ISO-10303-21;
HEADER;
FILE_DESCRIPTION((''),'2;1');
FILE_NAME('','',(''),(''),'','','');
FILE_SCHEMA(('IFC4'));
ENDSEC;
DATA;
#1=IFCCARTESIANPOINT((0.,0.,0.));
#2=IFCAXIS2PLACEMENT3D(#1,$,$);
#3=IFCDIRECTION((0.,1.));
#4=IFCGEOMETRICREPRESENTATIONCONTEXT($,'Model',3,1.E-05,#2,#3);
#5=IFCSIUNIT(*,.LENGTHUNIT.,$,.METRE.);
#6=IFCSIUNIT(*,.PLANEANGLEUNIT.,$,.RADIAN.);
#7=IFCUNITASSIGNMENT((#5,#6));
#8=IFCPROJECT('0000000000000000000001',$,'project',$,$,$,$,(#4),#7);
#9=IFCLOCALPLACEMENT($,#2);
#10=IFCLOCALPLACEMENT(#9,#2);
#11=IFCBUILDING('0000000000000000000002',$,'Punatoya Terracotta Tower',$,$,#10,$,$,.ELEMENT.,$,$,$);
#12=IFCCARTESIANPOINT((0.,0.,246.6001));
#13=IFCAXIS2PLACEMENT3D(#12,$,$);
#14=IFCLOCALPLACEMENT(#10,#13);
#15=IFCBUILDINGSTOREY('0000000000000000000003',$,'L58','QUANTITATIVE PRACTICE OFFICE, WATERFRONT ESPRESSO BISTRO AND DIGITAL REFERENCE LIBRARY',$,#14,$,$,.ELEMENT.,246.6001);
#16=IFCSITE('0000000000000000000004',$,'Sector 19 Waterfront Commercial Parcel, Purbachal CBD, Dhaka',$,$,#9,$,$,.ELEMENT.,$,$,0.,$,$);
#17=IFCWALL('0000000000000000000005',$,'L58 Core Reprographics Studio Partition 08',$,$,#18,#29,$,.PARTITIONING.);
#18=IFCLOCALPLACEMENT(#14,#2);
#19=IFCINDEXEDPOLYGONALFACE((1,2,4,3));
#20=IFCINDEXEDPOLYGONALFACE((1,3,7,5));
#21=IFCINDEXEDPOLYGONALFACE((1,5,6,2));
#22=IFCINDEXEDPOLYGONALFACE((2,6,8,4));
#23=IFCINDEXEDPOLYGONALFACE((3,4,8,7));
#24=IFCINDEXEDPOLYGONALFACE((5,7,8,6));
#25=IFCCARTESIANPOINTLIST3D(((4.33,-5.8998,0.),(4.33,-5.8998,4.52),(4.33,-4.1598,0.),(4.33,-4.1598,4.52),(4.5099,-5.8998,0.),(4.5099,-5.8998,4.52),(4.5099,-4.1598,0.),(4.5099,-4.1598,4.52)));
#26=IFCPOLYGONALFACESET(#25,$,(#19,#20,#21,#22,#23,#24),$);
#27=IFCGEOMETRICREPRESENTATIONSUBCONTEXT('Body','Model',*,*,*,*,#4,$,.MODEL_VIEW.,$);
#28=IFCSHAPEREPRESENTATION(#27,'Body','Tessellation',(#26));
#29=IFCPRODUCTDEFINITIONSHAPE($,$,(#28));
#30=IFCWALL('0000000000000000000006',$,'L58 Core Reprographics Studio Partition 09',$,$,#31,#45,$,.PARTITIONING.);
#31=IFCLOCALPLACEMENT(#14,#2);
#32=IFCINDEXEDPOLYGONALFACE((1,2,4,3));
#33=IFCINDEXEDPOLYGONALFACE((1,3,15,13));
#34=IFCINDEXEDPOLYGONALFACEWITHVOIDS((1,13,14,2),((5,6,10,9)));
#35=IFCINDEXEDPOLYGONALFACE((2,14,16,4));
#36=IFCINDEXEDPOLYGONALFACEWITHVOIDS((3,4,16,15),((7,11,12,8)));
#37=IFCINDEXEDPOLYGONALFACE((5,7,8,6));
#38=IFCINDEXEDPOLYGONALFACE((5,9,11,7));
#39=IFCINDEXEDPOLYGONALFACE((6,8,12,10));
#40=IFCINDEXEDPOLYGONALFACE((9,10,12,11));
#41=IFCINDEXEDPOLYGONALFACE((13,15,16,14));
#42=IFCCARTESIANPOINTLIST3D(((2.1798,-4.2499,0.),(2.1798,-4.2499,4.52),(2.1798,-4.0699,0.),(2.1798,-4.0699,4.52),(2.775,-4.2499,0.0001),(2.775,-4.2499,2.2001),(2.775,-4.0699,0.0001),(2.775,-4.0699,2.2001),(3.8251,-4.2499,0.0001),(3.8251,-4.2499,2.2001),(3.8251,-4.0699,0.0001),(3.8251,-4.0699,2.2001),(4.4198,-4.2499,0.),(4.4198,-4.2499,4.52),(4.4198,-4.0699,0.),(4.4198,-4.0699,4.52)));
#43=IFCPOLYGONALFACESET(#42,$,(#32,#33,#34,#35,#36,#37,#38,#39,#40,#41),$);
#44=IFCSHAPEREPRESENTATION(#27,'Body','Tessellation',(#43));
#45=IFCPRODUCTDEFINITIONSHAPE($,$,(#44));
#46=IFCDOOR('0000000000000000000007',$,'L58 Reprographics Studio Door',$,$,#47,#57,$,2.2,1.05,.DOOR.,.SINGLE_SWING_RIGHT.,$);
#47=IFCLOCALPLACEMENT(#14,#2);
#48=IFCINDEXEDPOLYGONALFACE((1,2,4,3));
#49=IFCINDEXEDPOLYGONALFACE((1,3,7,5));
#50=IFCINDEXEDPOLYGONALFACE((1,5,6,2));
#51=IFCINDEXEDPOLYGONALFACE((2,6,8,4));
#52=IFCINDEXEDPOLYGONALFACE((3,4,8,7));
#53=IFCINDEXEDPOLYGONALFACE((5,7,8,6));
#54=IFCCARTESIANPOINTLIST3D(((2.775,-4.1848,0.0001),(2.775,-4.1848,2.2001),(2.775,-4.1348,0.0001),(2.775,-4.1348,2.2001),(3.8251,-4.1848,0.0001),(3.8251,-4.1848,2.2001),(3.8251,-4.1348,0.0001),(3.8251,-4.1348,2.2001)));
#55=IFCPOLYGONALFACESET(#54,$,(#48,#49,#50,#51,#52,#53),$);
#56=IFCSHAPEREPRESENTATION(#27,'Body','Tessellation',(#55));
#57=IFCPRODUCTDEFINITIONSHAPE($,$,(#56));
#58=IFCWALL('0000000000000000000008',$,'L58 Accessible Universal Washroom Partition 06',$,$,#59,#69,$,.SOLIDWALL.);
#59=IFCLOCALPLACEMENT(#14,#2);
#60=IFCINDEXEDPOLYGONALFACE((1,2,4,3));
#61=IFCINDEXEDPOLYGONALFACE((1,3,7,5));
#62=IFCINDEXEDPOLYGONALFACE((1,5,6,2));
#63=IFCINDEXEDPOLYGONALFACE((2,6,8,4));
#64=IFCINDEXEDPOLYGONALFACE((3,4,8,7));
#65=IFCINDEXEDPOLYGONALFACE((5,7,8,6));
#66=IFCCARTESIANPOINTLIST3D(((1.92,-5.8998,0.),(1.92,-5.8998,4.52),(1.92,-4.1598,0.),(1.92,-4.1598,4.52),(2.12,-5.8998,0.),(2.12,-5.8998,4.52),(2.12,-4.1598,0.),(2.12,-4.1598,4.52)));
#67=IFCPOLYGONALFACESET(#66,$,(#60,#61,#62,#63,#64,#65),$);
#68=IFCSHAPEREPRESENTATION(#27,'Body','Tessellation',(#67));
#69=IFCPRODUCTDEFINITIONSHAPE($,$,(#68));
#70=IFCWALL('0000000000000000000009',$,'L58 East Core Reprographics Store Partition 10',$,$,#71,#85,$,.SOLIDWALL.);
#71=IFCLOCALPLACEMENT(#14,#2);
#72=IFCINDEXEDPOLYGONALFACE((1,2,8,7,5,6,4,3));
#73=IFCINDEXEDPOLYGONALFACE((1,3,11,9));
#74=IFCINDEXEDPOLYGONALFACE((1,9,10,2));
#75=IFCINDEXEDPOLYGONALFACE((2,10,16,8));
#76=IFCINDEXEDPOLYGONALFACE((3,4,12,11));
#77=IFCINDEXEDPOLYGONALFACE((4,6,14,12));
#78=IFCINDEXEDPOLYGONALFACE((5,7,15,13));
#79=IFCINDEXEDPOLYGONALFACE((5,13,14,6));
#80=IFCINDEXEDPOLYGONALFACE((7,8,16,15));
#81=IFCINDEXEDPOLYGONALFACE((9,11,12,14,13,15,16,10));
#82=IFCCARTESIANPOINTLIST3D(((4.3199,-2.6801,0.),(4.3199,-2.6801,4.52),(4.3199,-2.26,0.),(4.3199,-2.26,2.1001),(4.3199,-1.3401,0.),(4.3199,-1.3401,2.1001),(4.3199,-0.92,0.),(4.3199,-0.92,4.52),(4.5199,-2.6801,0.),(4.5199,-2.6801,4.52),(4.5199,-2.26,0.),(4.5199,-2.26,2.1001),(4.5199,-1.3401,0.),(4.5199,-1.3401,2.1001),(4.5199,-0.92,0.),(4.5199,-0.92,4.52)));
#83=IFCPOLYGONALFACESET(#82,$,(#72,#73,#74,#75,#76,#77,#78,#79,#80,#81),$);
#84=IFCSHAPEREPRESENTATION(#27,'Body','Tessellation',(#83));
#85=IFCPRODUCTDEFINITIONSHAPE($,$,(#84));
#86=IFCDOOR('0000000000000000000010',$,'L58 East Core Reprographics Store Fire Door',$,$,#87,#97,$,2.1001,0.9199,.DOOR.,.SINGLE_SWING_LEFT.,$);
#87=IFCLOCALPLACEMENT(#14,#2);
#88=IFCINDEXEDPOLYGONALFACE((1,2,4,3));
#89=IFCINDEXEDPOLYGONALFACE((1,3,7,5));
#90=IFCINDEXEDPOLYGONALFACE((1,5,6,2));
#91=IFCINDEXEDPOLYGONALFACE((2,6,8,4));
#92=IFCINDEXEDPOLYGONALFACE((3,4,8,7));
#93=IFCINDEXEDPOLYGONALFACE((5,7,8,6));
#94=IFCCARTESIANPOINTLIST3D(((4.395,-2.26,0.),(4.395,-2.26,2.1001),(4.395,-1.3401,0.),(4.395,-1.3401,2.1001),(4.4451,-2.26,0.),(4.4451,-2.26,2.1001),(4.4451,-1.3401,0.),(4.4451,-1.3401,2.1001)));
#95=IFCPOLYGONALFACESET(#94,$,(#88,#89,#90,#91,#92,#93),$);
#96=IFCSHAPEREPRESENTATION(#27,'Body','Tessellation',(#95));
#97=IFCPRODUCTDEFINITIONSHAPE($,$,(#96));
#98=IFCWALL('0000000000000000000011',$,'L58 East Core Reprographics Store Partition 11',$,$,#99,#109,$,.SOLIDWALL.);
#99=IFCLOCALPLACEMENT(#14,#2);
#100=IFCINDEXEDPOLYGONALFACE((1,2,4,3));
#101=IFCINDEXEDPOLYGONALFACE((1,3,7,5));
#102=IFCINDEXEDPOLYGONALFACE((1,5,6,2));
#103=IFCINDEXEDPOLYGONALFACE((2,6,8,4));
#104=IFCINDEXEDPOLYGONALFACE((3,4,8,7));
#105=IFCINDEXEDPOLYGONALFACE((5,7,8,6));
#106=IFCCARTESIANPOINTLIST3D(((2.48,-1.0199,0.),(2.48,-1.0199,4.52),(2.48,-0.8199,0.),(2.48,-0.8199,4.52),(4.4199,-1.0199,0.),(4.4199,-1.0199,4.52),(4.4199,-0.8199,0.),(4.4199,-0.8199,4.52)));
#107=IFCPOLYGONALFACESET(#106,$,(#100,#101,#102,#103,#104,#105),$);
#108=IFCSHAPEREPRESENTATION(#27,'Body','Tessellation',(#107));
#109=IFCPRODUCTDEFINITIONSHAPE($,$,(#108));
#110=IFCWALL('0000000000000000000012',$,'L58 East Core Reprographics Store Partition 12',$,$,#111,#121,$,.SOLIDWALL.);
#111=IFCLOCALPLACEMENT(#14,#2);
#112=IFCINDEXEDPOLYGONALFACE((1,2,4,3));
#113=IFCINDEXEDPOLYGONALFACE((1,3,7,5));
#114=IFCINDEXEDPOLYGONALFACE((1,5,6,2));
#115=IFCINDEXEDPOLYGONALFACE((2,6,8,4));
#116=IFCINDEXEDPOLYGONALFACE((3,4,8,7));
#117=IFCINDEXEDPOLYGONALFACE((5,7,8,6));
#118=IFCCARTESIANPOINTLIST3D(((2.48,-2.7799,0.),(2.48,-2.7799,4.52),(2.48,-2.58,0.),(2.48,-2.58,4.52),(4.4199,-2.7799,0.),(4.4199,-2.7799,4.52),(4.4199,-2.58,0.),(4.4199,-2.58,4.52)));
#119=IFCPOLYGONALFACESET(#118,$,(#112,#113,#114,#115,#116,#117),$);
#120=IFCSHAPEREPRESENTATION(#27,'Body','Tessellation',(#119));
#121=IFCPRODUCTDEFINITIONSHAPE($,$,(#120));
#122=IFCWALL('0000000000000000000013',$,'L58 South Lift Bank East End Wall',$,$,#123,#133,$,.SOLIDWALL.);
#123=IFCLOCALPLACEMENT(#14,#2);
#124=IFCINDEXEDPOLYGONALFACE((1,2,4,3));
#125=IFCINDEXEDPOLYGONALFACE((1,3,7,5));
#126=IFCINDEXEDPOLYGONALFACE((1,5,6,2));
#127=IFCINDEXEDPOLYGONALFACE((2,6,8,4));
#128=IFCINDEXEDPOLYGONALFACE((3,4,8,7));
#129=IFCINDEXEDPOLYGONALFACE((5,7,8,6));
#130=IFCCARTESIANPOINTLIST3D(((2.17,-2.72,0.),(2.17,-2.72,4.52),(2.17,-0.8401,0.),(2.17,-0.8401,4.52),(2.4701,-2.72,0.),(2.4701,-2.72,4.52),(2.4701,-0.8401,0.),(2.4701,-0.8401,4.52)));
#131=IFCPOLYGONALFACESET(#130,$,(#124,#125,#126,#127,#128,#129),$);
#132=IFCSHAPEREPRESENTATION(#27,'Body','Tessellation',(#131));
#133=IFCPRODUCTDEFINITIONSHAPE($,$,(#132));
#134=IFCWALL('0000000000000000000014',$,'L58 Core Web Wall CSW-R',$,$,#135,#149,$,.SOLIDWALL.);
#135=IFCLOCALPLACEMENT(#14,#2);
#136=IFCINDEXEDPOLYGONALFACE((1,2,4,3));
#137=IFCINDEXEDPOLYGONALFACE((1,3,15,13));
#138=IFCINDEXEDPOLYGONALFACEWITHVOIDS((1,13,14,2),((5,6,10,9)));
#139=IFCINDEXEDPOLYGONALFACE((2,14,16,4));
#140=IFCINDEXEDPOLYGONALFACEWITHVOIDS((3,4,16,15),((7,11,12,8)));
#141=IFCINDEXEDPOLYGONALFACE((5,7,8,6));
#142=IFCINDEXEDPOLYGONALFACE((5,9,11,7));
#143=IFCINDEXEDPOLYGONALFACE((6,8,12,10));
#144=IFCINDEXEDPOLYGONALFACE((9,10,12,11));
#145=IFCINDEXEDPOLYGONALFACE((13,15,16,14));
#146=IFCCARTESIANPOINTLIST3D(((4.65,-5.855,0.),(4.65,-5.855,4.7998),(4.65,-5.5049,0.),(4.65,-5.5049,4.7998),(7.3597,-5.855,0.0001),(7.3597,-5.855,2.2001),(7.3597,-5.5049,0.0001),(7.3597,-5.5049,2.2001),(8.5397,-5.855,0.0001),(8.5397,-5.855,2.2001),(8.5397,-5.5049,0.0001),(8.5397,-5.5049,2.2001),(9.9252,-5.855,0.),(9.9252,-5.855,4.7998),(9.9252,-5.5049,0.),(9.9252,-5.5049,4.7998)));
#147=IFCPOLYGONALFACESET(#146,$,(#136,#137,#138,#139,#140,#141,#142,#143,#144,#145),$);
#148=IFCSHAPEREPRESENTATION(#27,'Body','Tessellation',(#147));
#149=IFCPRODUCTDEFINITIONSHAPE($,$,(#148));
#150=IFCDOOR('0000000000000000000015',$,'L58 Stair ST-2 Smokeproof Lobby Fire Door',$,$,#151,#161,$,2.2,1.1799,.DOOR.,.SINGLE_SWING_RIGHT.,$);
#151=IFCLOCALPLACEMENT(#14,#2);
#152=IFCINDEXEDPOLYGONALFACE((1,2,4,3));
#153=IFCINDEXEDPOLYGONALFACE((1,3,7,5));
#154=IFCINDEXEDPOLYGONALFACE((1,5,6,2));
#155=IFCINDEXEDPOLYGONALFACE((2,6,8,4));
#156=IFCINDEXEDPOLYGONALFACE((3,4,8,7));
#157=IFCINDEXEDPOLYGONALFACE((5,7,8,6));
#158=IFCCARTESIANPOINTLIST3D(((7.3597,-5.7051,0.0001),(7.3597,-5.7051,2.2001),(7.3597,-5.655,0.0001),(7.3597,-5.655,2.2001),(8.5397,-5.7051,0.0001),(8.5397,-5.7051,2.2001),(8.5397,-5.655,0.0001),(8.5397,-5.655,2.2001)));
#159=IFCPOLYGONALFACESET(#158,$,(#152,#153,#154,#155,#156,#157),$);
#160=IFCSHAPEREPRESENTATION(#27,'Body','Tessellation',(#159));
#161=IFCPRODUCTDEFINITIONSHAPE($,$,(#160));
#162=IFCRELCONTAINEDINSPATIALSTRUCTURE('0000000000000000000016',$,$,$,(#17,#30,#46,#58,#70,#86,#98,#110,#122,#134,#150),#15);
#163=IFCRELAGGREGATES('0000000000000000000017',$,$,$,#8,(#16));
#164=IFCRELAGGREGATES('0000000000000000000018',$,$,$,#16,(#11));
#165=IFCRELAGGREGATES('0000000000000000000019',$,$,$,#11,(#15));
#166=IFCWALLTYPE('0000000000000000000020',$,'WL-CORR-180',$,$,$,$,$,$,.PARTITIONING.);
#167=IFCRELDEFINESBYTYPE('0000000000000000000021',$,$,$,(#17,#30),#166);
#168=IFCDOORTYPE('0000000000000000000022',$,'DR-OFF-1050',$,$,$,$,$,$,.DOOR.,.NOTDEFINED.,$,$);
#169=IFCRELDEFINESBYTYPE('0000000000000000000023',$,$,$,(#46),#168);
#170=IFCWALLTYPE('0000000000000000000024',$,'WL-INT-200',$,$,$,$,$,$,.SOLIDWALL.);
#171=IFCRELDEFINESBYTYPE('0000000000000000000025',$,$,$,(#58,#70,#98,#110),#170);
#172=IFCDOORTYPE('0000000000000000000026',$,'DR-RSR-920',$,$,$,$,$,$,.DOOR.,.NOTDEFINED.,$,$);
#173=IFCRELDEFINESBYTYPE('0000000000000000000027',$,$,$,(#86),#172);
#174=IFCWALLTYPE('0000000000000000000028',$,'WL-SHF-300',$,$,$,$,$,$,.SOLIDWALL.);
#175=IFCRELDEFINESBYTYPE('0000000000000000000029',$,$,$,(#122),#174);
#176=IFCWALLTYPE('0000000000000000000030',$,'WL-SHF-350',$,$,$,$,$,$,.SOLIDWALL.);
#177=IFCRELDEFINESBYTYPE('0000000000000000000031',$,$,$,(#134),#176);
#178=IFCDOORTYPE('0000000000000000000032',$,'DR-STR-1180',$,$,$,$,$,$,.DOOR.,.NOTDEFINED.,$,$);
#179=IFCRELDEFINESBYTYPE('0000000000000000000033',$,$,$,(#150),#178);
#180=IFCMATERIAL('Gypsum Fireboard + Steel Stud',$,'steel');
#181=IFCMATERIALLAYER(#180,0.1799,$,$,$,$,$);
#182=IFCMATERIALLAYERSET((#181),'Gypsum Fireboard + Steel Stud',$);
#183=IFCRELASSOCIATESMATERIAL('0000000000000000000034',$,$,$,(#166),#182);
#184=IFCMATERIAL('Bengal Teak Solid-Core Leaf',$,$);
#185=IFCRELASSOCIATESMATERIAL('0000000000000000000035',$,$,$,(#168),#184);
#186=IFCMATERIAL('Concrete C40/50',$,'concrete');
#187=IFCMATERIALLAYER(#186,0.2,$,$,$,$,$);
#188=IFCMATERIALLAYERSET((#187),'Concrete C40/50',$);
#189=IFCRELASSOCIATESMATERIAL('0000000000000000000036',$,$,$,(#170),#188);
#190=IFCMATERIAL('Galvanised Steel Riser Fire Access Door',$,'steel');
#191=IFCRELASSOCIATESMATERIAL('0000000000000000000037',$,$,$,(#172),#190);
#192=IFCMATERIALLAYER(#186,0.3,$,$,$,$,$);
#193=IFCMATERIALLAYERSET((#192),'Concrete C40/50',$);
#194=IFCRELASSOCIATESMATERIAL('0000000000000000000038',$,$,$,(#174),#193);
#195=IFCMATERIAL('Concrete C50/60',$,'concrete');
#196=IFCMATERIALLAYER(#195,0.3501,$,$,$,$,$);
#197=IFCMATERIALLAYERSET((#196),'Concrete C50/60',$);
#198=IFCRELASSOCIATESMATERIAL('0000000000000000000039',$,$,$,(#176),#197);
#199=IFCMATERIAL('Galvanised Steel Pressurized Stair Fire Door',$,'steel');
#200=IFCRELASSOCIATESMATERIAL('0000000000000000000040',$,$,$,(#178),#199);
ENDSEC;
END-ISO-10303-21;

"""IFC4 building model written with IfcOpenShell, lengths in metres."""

from ifc_helpers import new_model, si_unit, direction, frame, frame_2d, origin, place, context, subcontext, project, spatial, rectangle, extrude, material, layer, layer_set, type_object, element, fill, save


model = new_model("IFC4")

# Units and contexts
model_context = context("Model", 3, precision=1e-05, world=origin(), true_north=direction((0.0, 1.0)))
body_context = subcontext(model_context, "Body", "Model", "MODEL_VIEW")
ifc_project = project(units=[si_unit("LENGTHUNIT", "METRE"), si_unit("PLANEANGLEUNIT", "RADIAN")], contexts=[model_context])

# Site, building, storey
site_placement = place(None, origin())
site = spatial("IfcSite", under=ifc_project, at=site_placement, Name="Sector 19 Waterfront Commercial Parcel, Purbachal CBD, Dhaka", CompositionType="ELEMENT", RefElevation=0.0)
building_placement = place(site_placement, origin())
building = spatial("IfcBuilding", under=site, at=building_placement, Name="Punatoya Terracotta Tower", CompositionType="ELEMENT")
storey_placement = place(building_placement, frame((0.0, 0.0, 246.6001)))
storey = spatial("IfcBuildingStorey", under=building, at=storey_placement, Name="L58", Description="QUANTITATIVE PRACTICE OFFICE, WATERFRONT ESPRESSO BISTRO AND DIGITAL REFERENCE LIBRARY", CompositionType="ELEMENT", Elevation=246.6001)

# Wall
ifc_material_1 = material(Name="Gypsum Fireboard + Steel Stud", Category="steel")
ifc_layer_1 = layer(ifc_material_1, 0.1799)
ifc_layer_set_1 = layer_set([ifc_layer_1], Name="Gypsum Fireboard + Steel Stud")
wall_type_1 = type_object("IfcWallType", Name="WL-CORR-180", PredefinedType="PARTITIONING", material=ifc_layer_set_1)
wall_1_placement = place(storey_placement, frame((4.4199, -5.8999, 0.0), z_axis=(0.0, 0.0, 1.0), x_axis=(0.0, 1.0, 0.0)))
element("IfcWall", 1, at=wall_1_placement, inside=storey, type_object=wall_type_1, Name="L58 Core Reprographics Studio Partition 08", PredefinedType="PARTITIONING", context=body_context, shape_type="SweptSolid", body=[
    extrude(rectangle(XDim=1.74, YDim=0.1799, at=frame_2d((0.8701, 0.0))), origin(), (0.0, 0.0, 1.0), 4.52),
])

# Wall, opening, door
wall_2_placement = place(storey_placement, frame((4.4199, -4.1599, 0.0), z_axis=(0.0, 0.0, 1.0), x_axis=(-1.0, 0.0, 0.0)))
wall_2 = element("IfcWall", 2, at=wall_2_placement, inside=storey, type_object=wall_type_1, Name="L58 Core Reprographics Studio Partition 09", PredefinedType="PARTITIONING", context=body_context, shape_type="SweptSolid", body=[
    extrude(rectangle(XDim=2.24, YDim=0.1799, at=frame_2d((1.1201, 0.0))), origin(), (0.0, 0.0, 1.0), 4.52),
])
opening_1_placement = place(wall_2_placement, frame((0.595, 0.0, 0.0)))
opening_1 = element("IfcOpeningElement", 3, at=opening_1_placement, cuts=wall_2, PredefinedType="OPENING", context=body_context, shape_type="SweptSolid", body=[
    extrude(rectangle(XDim=1.05, YDim=2.2, at=frame_2d((0.5249, 1.1001))), frame((0.0, 0.0999, 0.0), z_axis=(0.0, -1.0, 0.0), x_axis=(1.0, 0.0, 0.0)), (0.0, 0.0, 1.0), 0.2),
])
ifc_material_2 = material(Name="Bengal Teak Solid-Core Leaf")
door_type_1 = type_object("IfcDoorType", Name="DR-OFF-1050", OperationType="NOTDEFINED", PredefinedType="DOOR", material=ifc_material_2)
door_1_placement = place(opening_1_placement, origin())
door_1 = element("IfcDoor", 4, at=door_1_placement, inside=storey, type_object=door_type_1, Name="L58 Reprographics Studio Door", OperationType="SINGLE_SWING_RIGHT", OverallHeight=2.2, OverallWidth=1.05, PredefinedType="DOOR", context=body_context, shape_type="SweptSolid", body=[
    extrude(rectangle(XDim=1.05, YDim=2.2, at=frame_2d((0.5249, 1.1001))), frame((0.0, 0.0249, 0.0), z_axis=(0.0, -1.0, 0.0), x_axis=(1.0, 0.0, 0.0)), (0.0, 0.0, 1.0), 0.05),
])
fill(opening_1, door_1)

# Wall
ifc_material_3 = material(Name="Concrete C40/50", Category="concrete")
ifc_layer_2 = layer(ifc_material_3, 0.2)
ifc_layer_set_2 = layer_set([ifc_layer_2], Name="Concrete C40/50")
wall_type_2 = type_object("IfcWallType", Name="WL-INT-200", PredefinedType="SOLIDWALL", material=ifc_layer_set_2)
wall_3_placement = place(storey_placement, frame((2.02, -5.8999, 0.0), z_axis=(0.0, 0.0, 1.0), x_axis=(0.0, 1.0, 0.0)))
element("IfcWall", 5, at=wall_3_placement, inside=storey, type_object=wall_type_2, Name="L58 Accessible Universal Washroom Partition 06", PredefinedType="SOLIDWALL", context=body_context, shape_type="SweptSolid", body=[
    extrude(rectangle(XDim=1.74, YDim=0.2, at=frame_2d((0.8701, 0.0))), origin(), (0.0, 0.0, 1.0), 4.52),
])

# Wall, opening, door
wall_4_placement = place(storey_placement, frame((4.4199, -2.6799, 0.0), z_axis=(0.0, 0.0, 1.0), x_axis=(0.0, 1.0, 0.0)))
wall_4 = element("IfcWall", 6, at=wall_4_placement, inside=storey, type_object=wall_type_2, Name="L58 East Core Reprographics Store Partition 10", PredefinedType="SOLIDWALL", context=body_context, shape_type="SweptSolid", body=[
    extrude(rectangle(XDim=1.76, YDim=0.2, at=frame_2d((0.8799, 0.0))), origin(), (0.0, 0.0, 1.0), 4.52),
])
opening_2_placement = place(wall_4_placement, frame((0.4199, 0.0, 0.0)))
opening_2 = element("IfcOpeningElement", 7, at=opening_2_placement, cuts=wall_4, PredefinedType="OPENING", context=body_context, shape_type="SweptSolid", body=[
    extrude(rectangle(XDim=0.9199, YDim=2.1001, at=frame_2d((0.46, 1.05))), frame((0.0, 0.1099, 0.0), z_axis=(0.0, -1.0, 0.0), x_axis=(1.0, 0.0, 0.0)), (0.0, 0.0, 1.0), 0.22),
])
ifc_material_4 = material(Name="Galvanised Steel Riser Fire Access Door", Category="steel")
door_type_2 = type_object("IfcDoorType", Name="DR-RSR-920", OperationType="NOTDEFINED", PredefinedType="DOOR", material=ifc_material_4)
door_2_placement = place(opening_2_placement, origin())
door_2 = element("IfcDoor", 8, at=door_2_placement, inside=storey, type_object=door_type_2, Name="L58 East Core Reprographics Store Fire Door", OperationType="SINGLE_SWING_LEFT", OverallHeight=2.1001, OverallWidth=0.9199, PredefinedType="DOOR", context=body_context, shape_type="SweptSolid", body=[
    extrude(rectangle(XDim=0.9199, YDim=2.1001, at=frame_2d((0.46, 1.05))), frame((0.0, 0.0249, 0.0), z_axis=(0.0, -1.0, 0.0), x_axis=(1.0, 0.0, 0.0)), (0.0, 0.0, 1.0), 0.05),
])
fill(opening_2, door_2)

# Walls
for number, where, z_axis, x_axis, name in (
    (9, (4.4199, -0.9199, 0.0), (0.0, 0.0, 1.0), (-1.0, 0.0, 0.0), "L58 East Core Reprographics Store Partition 11"),
    (10, (2.48, -2.6799, 0.0), (0.0, 0.0, 1.0), (1.0, 0.0, 0.0), "L58 East Core Reprographics Store Partition 12"),
):
    element("IfcWall", number, at=place(storey_placement, frame(where, z_axis=z_axis, x_axis=x_axis)), inside=storey, type_object=wall_type_2, Name=name, PredefinedType="SOLIDWALL", context=body_context, shape_type="SweptSolid", body=[
        extrude(rectangle(XDim=1.9399, YDim=0.2, at=frame_2d((0.97, 0.0))), origin(), (0.0, 0.0, 1.0), 4.52),
    ])
ifc_layer_3 = layer(ifc_material_3, 0.3)
ifc_layer_set_3 = layer_set([ifc_layer_3], Name="Concrete C40/50")
wall_type_3 = type_object("IfcWallType", Name="WL-SHF-300", PredefinedType="SOLIDWALL", material=ifc_layer_set_3)
wall_5_placement = place(storey_placement, frame((2.3201, -2.72, 0.0), z_axis=(0.0, 0.0, 1.0), x_axis=(0.0, 1.0, 0.0)))
element("IfcWall", 11, at=wall_5_placement, inside=storey, type_object=wall_type_3, Name="L58 South Lift Bank East End Wall", PredefinedType="SOLIDWALL", context=body_context, shape_type="SweptSolid", body=[
    extrude(rectangle(XDim=1.8799, YDim=0.3, at=frame_2d((0.9399, 0.0))), origin(), (0.0, 0.0, 1.0), 4.52),
])

# Wall, opening, door
ifc_material_5 = material(Name="Concrete C50/60", Category="concrete")
ifc_layer_4 = layer(ifc_material_5, 0.3501)
ifc_layer_set_4 = layer_set([ifc_layer_4], Name="Concrete C50/60")
wall_type_4 = type_object("IfcWallType", Name="WL-SHF-350", PredefinedType="SOLIDWALL", material=ifc_layer_set_4)
wall_6_placement = place(storey_placement, frame((4.6499, -5.6799, 0.0), z_axis=(0.0, 0.0, 1.0), x_axis=(1.0, 0.0, 0.0)))
wall_6 = element("IfcWall", 12, at=wall_6_placement, inside=storey, type_object=wall_type_4, Name="L58 Core Web Wall CSW-R", PredefinedType="SOLIDWALL", context=body_context, shape_type="SweptSolid", body=[
    extrude(rectangle(XDim=5.2751, YDim=0.3501, at=frame_2d((2.6377, 0.0))), origin(), (0.0, 0.0, 1.0), 4.7998),
])
opening_3_placement = place(wall_6_placement, frame((2.71, 0.0, 0.0)))
opening_3 = element("IfcOpeningElement", 13, at=opening_3_placement, cuts=wall_6, PredefinedType="OPENING", context=body_context, shape_type="SweptSolid", body=[
    extrude(rectangle(XDim=1.1799, YDim=2.2, at=frame_2d((0.5898, 1.1001))), frame((0.0, 0.1851, 0.0), z_axis=(0.0, -1.0, 0.0), x_axis=(1.0, 0.0, 0.0)), (0.0, 0.0, 1.0), 0.3701),
])
ifc_material_6 = material(Name="Galvanised Steel Pressurized Stair Fire Door", Category="steel")
door_type_3 = type_object("IfcDoorType", Name="DR-STR-1180", OperationType="NOTDEFINED", PredefinedType="DOOR", material=ifc_material_6)
door_3_placement = place(opening_3_placement, origin())
door_3 = element("IfcDoor", 14, at=door_3_placement, inside=storey, type_object=door_type_3, Name="L58 Stair ST-2 Smokeproof Lobby Fire Door", OperationType="SINGLE_SWING_RIGHT", OverallHeight=2.2, OverallWidth=1.1799, PredefinedType="DOOR", context=body_context, shape_type="SweptSolid", body=[
    extrude(rectangle(XDim=1.1799, YDim=2.2, at=frame_2d((0.5898, 1.1001))), frame((0.0, 0.0249, 0.0), z_axis=(0.0, -1.0, 0.0), x_axis=(1.0, 0.0, 0.0)), (0.0, 0.0, 1.0), 0.05),
])
fill(opening_3, door_3)

save(model, "model.ifc")
